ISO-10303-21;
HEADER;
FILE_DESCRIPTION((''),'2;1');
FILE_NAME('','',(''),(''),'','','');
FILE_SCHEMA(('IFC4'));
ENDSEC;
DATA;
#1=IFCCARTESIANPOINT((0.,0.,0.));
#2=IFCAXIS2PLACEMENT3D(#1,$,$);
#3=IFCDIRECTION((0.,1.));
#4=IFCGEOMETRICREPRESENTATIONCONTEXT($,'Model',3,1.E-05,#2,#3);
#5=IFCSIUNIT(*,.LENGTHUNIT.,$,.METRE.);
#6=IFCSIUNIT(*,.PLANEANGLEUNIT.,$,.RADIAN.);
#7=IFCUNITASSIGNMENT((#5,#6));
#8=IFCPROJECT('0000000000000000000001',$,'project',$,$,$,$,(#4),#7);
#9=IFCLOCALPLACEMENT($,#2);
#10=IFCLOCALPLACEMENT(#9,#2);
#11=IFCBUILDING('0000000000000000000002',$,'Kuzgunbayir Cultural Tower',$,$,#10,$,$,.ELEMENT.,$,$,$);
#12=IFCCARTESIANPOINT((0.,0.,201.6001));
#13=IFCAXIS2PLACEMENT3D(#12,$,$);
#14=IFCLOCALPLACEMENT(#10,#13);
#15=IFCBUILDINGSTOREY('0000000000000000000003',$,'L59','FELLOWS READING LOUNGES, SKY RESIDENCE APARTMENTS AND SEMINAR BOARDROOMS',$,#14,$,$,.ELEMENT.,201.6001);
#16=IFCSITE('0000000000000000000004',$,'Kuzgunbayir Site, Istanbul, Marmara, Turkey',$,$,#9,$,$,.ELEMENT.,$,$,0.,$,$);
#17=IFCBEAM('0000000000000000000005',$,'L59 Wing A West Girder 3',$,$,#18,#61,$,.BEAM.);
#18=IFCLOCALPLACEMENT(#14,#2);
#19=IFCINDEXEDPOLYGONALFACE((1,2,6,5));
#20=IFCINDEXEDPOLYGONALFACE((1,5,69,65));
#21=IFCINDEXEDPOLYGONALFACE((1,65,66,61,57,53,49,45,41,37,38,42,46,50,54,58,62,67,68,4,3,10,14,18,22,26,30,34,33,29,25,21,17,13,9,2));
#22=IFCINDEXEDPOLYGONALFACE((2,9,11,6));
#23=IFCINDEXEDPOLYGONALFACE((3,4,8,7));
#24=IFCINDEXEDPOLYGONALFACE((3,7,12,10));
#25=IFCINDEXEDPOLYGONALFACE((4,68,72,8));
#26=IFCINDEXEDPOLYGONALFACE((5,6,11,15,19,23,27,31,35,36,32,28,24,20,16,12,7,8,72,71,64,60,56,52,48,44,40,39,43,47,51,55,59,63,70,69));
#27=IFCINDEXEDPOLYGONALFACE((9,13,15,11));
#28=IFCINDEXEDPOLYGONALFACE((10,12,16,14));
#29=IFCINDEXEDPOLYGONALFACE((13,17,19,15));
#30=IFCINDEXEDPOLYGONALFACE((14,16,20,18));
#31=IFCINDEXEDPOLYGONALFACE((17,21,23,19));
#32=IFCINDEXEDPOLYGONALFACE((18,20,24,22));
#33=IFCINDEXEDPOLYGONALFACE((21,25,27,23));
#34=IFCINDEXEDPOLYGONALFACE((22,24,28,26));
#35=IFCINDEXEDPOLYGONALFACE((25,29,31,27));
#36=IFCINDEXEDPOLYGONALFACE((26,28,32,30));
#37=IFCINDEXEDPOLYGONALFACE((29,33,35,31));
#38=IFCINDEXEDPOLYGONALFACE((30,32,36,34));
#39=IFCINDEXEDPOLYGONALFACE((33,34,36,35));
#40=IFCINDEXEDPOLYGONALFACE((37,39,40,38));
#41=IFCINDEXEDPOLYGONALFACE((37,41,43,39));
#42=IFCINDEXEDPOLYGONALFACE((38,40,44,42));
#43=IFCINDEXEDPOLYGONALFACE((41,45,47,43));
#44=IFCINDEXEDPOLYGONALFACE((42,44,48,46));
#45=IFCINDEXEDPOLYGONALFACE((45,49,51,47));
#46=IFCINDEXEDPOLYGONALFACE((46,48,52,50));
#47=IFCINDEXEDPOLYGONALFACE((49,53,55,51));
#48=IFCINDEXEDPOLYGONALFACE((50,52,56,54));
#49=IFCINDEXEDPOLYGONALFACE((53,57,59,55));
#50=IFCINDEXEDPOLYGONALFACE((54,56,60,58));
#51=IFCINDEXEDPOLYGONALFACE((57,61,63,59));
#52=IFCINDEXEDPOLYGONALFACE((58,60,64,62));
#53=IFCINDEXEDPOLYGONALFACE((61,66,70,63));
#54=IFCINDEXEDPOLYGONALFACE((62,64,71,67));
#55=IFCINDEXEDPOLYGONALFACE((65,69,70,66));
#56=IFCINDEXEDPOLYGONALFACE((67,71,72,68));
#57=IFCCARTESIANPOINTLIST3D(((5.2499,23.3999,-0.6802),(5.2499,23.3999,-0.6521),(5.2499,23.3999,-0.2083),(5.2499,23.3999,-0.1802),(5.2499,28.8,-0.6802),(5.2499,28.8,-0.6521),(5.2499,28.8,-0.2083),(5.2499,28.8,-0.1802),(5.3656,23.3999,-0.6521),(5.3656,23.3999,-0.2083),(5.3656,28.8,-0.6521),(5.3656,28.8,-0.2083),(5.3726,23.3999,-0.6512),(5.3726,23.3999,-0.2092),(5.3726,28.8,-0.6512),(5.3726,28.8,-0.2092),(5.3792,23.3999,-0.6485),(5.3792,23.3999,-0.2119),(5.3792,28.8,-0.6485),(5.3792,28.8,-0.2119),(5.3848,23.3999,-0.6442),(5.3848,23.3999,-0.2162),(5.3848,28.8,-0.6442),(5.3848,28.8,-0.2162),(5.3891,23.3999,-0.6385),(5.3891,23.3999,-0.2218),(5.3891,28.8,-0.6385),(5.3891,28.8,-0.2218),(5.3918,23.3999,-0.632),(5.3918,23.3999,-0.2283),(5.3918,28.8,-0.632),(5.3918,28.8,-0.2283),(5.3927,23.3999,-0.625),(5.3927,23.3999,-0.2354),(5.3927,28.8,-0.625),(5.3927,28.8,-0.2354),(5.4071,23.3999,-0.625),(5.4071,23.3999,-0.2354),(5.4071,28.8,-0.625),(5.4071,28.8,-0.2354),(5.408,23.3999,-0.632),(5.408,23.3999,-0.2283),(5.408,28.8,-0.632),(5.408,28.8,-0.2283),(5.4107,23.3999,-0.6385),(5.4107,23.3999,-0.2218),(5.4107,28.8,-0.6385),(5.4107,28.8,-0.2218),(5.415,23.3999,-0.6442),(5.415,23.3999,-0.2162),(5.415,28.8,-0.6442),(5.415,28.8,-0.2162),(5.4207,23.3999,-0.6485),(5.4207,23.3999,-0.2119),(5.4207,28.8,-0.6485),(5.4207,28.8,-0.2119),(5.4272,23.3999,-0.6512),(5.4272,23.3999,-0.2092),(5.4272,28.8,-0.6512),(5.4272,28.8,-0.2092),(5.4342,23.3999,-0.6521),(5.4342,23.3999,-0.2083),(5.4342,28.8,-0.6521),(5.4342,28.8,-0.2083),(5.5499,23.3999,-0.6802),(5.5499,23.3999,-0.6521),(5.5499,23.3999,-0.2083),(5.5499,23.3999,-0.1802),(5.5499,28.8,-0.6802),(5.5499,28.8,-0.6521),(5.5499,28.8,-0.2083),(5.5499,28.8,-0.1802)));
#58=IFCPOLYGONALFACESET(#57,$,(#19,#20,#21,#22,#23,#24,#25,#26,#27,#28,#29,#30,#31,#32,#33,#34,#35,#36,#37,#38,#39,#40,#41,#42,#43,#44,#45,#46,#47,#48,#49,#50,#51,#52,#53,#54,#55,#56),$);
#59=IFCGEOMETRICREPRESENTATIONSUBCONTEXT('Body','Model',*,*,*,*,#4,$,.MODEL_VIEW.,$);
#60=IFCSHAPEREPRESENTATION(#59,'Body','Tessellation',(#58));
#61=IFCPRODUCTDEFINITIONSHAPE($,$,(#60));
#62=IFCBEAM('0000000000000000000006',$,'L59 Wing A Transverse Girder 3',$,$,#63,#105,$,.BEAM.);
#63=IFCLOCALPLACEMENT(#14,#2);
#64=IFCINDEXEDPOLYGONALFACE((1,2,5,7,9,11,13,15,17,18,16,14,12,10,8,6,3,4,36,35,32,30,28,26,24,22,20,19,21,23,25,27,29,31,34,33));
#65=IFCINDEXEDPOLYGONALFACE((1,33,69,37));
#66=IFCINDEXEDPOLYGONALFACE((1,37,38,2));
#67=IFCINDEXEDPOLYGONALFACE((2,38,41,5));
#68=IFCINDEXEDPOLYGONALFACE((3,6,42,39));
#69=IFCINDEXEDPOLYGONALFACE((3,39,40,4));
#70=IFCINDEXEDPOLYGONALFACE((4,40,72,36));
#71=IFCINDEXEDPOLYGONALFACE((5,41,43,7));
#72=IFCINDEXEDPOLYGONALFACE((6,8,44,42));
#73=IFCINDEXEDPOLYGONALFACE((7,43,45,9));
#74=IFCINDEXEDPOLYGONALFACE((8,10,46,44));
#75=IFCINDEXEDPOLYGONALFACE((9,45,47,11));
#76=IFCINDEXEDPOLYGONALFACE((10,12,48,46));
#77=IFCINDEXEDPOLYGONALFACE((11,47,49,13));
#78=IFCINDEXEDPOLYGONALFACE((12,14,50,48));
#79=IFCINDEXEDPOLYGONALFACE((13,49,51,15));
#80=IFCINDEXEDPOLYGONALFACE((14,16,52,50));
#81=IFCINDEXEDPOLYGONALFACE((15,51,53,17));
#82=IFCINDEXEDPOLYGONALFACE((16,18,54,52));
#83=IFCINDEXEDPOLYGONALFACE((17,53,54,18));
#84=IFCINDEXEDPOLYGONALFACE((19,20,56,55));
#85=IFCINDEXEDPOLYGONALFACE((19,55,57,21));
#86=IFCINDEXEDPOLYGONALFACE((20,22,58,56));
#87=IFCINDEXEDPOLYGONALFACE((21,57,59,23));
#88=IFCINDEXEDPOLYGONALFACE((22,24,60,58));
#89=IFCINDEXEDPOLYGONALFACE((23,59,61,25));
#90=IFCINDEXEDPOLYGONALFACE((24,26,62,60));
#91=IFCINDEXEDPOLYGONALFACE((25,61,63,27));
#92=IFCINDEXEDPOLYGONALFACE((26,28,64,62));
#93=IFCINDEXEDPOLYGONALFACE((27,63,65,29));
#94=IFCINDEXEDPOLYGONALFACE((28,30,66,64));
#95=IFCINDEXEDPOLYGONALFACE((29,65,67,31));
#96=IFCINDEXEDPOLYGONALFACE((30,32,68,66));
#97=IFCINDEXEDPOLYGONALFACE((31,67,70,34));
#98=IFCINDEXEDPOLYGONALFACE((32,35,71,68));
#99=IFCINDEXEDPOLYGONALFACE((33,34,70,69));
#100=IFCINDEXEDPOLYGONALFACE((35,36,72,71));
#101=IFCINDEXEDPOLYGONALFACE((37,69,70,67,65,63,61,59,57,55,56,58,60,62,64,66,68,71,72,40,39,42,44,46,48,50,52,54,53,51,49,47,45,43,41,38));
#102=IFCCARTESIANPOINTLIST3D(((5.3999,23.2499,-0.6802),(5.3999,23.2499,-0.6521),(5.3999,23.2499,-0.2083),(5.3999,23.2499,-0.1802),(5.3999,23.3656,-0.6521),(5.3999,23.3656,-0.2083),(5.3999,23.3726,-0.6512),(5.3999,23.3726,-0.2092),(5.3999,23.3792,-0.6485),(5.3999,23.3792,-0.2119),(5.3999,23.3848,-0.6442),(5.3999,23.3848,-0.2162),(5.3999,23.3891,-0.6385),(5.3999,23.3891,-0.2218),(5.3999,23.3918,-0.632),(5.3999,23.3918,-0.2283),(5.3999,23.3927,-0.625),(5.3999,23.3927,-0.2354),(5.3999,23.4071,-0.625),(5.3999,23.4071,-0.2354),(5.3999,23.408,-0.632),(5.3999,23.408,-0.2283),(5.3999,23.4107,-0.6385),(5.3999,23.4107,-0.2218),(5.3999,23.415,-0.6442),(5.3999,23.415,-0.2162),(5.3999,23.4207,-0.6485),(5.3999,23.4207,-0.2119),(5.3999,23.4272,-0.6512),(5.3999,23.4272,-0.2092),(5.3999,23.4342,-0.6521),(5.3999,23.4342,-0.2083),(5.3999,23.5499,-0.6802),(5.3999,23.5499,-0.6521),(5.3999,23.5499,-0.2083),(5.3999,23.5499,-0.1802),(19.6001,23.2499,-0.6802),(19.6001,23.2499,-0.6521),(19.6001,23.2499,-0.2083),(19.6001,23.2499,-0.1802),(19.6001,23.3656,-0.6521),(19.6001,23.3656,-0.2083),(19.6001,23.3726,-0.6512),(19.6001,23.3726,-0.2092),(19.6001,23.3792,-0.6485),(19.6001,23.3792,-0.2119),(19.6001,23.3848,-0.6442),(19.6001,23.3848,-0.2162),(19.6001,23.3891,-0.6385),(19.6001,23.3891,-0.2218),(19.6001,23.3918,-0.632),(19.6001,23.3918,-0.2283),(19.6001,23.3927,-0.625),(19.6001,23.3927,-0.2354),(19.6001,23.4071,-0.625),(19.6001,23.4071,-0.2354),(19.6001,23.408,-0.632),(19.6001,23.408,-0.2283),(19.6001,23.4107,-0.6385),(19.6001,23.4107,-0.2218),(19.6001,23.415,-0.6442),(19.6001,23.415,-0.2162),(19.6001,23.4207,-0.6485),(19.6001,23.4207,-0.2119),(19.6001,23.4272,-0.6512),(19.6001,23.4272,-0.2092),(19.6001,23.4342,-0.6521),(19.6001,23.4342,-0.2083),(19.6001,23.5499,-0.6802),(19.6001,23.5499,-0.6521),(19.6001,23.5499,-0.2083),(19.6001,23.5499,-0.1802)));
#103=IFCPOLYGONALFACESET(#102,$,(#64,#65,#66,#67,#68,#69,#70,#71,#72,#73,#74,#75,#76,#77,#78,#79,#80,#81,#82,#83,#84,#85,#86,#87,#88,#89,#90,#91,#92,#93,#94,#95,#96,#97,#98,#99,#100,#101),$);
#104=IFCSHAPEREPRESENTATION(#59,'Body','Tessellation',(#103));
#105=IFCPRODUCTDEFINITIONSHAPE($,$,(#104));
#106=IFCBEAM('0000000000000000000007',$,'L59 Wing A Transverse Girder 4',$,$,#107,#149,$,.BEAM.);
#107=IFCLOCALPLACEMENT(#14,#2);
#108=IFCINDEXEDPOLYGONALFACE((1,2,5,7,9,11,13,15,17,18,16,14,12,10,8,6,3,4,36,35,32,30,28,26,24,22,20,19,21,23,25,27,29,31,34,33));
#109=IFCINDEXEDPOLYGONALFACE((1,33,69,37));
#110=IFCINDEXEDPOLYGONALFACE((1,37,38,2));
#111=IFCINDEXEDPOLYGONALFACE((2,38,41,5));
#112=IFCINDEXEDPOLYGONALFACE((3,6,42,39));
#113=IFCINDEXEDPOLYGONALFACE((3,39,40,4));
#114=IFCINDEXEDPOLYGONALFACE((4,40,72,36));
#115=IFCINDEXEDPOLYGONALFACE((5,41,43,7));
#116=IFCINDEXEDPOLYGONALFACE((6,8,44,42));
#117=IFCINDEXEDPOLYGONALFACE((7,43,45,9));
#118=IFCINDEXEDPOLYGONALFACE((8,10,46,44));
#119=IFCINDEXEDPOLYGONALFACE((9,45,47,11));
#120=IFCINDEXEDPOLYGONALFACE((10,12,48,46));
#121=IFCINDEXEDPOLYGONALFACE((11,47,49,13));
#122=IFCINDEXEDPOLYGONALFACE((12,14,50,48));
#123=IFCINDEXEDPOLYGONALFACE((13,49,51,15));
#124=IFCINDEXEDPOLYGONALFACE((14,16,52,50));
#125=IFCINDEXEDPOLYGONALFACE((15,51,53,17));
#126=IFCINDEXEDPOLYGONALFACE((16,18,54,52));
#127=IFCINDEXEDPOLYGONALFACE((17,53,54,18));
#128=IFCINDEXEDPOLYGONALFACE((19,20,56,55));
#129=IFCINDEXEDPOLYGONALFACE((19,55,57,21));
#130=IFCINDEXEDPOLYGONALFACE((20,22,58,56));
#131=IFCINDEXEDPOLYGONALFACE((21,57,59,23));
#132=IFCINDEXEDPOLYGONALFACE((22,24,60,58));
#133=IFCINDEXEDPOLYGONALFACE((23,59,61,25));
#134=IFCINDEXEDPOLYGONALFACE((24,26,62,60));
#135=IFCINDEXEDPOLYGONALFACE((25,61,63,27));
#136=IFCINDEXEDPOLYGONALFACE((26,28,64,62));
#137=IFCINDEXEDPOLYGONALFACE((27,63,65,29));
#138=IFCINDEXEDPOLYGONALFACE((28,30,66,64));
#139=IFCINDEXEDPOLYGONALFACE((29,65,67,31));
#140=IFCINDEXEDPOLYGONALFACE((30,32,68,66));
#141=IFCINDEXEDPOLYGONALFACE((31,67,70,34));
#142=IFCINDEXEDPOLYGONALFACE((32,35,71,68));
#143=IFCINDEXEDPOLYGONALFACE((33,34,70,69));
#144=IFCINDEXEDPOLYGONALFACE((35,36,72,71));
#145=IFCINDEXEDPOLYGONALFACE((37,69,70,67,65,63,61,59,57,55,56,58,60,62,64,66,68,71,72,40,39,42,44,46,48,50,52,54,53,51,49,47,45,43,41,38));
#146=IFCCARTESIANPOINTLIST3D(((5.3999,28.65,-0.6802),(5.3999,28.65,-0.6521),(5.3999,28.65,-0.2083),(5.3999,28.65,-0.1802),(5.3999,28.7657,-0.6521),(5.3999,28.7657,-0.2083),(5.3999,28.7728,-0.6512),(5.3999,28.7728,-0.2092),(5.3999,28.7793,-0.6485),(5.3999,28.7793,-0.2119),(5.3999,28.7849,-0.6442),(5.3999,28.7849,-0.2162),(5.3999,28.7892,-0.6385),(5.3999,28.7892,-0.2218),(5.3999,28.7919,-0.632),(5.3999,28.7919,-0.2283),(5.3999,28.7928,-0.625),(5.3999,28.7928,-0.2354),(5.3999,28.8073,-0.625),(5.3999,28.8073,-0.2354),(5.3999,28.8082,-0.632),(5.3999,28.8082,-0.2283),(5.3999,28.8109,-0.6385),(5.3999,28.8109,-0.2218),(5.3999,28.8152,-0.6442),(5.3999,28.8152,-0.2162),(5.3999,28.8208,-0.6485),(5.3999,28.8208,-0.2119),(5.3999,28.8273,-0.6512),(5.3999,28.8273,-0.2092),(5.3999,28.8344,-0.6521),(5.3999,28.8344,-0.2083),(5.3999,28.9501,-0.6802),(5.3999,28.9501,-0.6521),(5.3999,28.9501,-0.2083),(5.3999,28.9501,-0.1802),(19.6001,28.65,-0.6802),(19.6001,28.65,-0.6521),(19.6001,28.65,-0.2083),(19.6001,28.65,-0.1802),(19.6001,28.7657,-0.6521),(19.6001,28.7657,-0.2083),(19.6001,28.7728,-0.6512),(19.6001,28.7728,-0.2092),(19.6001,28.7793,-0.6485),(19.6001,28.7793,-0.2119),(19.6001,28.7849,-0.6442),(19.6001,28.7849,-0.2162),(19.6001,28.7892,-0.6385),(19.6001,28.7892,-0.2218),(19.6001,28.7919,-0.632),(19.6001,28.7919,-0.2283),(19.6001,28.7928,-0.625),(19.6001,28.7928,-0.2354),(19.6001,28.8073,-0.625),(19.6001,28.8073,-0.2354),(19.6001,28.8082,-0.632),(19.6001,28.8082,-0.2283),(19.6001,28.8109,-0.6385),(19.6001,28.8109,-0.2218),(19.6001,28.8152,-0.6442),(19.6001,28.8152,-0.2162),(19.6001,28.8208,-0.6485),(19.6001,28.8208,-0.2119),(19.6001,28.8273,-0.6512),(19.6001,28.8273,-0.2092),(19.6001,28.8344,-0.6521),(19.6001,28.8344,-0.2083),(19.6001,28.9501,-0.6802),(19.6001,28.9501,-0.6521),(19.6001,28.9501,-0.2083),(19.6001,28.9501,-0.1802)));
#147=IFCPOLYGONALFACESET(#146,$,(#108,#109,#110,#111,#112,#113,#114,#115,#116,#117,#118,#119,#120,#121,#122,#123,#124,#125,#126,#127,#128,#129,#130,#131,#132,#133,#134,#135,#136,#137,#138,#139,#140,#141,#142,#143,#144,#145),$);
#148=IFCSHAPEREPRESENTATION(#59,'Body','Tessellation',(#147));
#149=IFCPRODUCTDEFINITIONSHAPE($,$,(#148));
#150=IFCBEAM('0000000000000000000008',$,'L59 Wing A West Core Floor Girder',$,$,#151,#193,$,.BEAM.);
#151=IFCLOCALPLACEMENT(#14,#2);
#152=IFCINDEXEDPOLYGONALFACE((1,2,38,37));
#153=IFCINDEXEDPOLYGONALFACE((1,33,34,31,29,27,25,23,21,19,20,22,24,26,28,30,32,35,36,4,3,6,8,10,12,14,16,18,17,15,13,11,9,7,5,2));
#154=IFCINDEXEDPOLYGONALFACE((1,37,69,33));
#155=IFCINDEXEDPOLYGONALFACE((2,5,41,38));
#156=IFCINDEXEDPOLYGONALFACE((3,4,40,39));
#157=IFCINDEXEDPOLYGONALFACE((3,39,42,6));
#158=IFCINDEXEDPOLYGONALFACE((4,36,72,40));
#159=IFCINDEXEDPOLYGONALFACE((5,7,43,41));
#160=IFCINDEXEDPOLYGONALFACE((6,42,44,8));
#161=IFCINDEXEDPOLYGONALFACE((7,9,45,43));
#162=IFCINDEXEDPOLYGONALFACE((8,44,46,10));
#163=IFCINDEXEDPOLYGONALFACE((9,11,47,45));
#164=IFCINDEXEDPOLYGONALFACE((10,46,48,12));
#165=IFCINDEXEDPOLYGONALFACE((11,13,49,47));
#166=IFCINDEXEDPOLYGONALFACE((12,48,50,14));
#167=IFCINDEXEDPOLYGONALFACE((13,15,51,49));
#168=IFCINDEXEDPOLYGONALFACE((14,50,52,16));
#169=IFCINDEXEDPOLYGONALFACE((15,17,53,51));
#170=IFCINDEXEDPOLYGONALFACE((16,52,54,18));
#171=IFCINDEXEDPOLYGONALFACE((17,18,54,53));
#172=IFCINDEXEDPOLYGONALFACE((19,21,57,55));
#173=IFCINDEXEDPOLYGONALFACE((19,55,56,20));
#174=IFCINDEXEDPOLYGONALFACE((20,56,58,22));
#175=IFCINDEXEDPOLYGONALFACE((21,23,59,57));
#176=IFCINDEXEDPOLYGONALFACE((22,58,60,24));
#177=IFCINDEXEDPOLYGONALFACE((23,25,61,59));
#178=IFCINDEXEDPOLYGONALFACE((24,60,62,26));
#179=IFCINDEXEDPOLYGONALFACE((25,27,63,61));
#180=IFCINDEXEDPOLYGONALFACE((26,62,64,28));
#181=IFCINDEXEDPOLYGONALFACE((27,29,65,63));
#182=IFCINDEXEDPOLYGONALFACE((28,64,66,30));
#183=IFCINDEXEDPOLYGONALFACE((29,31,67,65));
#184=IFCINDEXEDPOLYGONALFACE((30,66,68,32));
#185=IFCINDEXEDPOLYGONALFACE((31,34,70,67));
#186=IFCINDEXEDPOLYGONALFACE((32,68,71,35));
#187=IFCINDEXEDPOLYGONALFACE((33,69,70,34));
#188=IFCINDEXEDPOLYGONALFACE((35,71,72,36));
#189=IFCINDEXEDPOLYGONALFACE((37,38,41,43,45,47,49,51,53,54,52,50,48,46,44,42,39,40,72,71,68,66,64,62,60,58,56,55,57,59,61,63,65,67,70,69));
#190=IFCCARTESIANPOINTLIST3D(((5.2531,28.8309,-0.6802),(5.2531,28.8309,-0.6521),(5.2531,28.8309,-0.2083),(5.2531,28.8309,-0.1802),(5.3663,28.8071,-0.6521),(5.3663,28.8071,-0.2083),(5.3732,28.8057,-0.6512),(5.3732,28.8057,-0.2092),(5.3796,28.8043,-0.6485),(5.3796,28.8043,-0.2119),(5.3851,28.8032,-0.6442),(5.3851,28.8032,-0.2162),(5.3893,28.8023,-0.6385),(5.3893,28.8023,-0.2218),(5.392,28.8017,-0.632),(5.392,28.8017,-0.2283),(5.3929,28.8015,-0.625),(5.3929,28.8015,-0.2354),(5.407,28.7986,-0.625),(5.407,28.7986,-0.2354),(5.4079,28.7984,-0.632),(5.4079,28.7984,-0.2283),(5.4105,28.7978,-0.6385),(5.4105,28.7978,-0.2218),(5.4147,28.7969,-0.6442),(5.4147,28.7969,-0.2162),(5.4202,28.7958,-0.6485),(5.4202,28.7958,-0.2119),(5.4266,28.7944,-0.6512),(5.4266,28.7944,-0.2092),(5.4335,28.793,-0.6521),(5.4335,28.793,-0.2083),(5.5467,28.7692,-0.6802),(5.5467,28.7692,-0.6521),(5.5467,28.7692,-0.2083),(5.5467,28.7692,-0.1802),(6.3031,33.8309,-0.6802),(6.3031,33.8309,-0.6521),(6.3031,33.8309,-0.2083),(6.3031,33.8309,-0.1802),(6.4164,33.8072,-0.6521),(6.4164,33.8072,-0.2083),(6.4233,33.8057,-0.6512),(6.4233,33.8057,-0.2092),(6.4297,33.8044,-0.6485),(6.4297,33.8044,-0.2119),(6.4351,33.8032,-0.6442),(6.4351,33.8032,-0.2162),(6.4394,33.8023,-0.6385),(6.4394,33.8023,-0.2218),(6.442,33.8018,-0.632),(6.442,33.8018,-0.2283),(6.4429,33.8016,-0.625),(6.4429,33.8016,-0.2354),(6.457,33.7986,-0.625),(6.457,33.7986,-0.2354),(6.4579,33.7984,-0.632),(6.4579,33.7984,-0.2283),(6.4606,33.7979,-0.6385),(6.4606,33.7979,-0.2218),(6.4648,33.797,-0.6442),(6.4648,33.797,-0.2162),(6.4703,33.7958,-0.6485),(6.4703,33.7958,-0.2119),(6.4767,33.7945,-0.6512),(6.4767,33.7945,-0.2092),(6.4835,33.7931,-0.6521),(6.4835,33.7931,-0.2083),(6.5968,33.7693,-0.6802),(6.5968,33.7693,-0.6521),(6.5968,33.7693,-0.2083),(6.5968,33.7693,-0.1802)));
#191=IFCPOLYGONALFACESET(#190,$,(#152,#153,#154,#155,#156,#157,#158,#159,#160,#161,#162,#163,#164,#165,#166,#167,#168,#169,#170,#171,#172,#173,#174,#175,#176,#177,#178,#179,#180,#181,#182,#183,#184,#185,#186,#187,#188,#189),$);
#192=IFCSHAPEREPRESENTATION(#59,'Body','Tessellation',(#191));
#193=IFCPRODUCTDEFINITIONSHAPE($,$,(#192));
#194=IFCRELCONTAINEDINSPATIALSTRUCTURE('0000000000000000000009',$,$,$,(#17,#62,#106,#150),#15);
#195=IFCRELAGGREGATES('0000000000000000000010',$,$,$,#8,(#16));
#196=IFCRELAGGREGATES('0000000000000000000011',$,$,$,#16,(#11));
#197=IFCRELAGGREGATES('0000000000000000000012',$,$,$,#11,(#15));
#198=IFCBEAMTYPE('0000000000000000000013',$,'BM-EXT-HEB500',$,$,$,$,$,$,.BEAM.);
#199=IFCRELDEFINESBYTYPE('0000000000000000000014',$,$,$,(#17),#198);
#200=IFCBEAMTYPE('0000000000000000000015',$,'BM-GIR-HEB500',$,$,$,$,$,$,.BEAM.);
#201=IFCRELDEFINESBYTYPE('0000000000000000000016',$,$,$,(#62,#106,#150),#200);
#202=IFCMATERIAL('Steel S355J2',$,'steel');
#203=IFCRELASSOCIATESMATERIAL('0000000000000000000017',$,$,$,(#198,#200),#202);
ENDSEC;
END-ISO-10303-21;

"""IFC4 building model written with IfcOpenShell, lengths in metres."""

from ifc_helpers import new_model, si_unit, direction, frame, origin, origin_2d, place, context, subcontext, project, spatial, i_section, extrude, material, material_profile, profile_set, type_object, element, save


model = new_model("IFC4")

# Units and contexts
model_context = context("Model", 3, precision=1e-05, world=origin(), true_north=direction((0.0, 1.0)))
body_context = subcontext(model_context, "Body", "Model", "MODEL_VIEW")
ifc_project = project(units=[si_unit("LENGTHUNIT", "METRE"), si_unit("PLANEANGLEUNIT", "RADIAN")], contexts=[model_context])

# Site, building, storey
site_placement = place(None, origin())
site = spatial("IfcSite", under=ifc_project, at=site_placement, Name="Kuzgunbayir Site, Istanbul, Marmara, Turkey", CompositionType="ELEMENT", RefElevation=0.0)
building_placement = place(site_placement, origin())
building = spatial("IfcBuilding", under=site, at=building_placement, Name="Kuzgunbayir Cultural Tower", CompositionType="ELEMENT")
storey_placement = place(building_placement, frame((0.0, 0.0, 201.6001)))
storey = spatial("IfcBuildingStorey", under=building, at=storey_placement, Name="L59", Description="FELLOWS READING LOUNGES, SKY RESIDENCE APARTMENTS AND SEMINAR BOARDROOMS", CompositionType="ELEMENT", Elevation=201.6001)

# Beams
ifc_material_1 = material(Name="Steel S355J2", Category="steel")
ifc_material_profile_1 = material_profile(ifc_material_1, i_section(OverallWidth=0.3, OverallDepth=0.5, WebThickness=0.0144, FlangeThickness=0.0281, FilletRadius=0.0271, at=origin_2d()), Name="HEB 500")
ifc_profile_set_1 = profile_set([ifc_material_profile_1], Name="Steel S355J2")
beam_type_1 = type_object("IfcBeamType", Name="BM-EXT-HEB500", PredefinedType="BEAM", material=ifc_profile_set_1)
beam_1_placement = place(storey_placement, frame((5.3999, 23.3999, -0.4302), z_axis=(0.0, 1.0, 0.0), x_axis=(-1.0, 0.0, 0.0)))
element("IfcBeam", 1, at=beam_1_placement, inside=storey, type_object=beam_type_1, Name="L59 Wing A West Girder 3", PredefinedType="BEAM", context=body_context, shape_type="SweptSolid", body=[
    extrude(i_section(OverallWidth=0.3, OverallDepth=0.5, WebThickness=0.0144, FlangeThickness=0.0281, FilletRadius=0.0271, at=origin_2d()), origin(), (0.0, 0.0, 1.0), 5.4001),
])
ifc_material_profile_2 = material_profile(ifc_material_1, i_section(OverallWidth=0.3, OverallDepth=0.5, WebThickness=0.0144, FlangeThickness=0.0281, FilletRadius=0.0271, at=origin_2d()), Name="HEB 500")
ifc_profile_set_2 = profile_set([ifc_material_profile_2], Name="Steel S355J2")
beam_type_2 = type_object("IfcBeamType", Name="BM-GIR-HEB500", PredefinedType="BEAM", material=ifc_profile_set_2)
for number, where, z_axis, x_axis, name in (
    (2, (5.3999, 23.3999, -0.4302), (1.0, 0.0, 0.0), (0.0, 1.0, 0.0), "L59 Wing A Transverse Girder 3"),
    (3, (5.3999, 28.8, -0.4302), (1.0, 0.0, 0.0), (0.0, 1.0, 0.0), "L59 Wing A Transverse Girder 4"),
):
    element("IfcBeam", number, at=place(storey_placement, frame(where, z_axis=z_axis, x_axis=x_axis)), inside=storey, type_object=beam_type_2, Name=name, PredefinedType="BEAM", context=body_context, shape_type="SweptSolid", body=[
        extrude(i_section(OverallWidth=0.3, OverallDepth=0.5, WebThickness=0.0144, FlangeThickness=0.0281, FilletRadius=0.0271, at=origin_2d()), origin(), (0.0, 0.0, 1.0), 14.2002),
    ])
beam_2_placement = place(storey_placement, frame((5.3999, 28.8, -0.4302), z_axis=(0.205526, 0.978652, 0.0), x_axis=(-0.978652, 0.205526, 0.0)))
element("IfcBeam", 4, at=beam_2_placement, inside=storey, type_object=beam_type_2, Name="L59 Wing A West Core Floor Girder", PredefinedType="BEAM", context=body_context, shape_type="SweptSolid", body=[
    extrude(i_section(OverallWidth=0.3, OverallDepth=0.5, WebThickness=0.0144, FlangeThickness=0.0281, FilletRadius=0.0271, at=origin_2d()), origin(), (0.0, 0.0, 1.0), 5.1091),
])

save(model, "model.ifc")
